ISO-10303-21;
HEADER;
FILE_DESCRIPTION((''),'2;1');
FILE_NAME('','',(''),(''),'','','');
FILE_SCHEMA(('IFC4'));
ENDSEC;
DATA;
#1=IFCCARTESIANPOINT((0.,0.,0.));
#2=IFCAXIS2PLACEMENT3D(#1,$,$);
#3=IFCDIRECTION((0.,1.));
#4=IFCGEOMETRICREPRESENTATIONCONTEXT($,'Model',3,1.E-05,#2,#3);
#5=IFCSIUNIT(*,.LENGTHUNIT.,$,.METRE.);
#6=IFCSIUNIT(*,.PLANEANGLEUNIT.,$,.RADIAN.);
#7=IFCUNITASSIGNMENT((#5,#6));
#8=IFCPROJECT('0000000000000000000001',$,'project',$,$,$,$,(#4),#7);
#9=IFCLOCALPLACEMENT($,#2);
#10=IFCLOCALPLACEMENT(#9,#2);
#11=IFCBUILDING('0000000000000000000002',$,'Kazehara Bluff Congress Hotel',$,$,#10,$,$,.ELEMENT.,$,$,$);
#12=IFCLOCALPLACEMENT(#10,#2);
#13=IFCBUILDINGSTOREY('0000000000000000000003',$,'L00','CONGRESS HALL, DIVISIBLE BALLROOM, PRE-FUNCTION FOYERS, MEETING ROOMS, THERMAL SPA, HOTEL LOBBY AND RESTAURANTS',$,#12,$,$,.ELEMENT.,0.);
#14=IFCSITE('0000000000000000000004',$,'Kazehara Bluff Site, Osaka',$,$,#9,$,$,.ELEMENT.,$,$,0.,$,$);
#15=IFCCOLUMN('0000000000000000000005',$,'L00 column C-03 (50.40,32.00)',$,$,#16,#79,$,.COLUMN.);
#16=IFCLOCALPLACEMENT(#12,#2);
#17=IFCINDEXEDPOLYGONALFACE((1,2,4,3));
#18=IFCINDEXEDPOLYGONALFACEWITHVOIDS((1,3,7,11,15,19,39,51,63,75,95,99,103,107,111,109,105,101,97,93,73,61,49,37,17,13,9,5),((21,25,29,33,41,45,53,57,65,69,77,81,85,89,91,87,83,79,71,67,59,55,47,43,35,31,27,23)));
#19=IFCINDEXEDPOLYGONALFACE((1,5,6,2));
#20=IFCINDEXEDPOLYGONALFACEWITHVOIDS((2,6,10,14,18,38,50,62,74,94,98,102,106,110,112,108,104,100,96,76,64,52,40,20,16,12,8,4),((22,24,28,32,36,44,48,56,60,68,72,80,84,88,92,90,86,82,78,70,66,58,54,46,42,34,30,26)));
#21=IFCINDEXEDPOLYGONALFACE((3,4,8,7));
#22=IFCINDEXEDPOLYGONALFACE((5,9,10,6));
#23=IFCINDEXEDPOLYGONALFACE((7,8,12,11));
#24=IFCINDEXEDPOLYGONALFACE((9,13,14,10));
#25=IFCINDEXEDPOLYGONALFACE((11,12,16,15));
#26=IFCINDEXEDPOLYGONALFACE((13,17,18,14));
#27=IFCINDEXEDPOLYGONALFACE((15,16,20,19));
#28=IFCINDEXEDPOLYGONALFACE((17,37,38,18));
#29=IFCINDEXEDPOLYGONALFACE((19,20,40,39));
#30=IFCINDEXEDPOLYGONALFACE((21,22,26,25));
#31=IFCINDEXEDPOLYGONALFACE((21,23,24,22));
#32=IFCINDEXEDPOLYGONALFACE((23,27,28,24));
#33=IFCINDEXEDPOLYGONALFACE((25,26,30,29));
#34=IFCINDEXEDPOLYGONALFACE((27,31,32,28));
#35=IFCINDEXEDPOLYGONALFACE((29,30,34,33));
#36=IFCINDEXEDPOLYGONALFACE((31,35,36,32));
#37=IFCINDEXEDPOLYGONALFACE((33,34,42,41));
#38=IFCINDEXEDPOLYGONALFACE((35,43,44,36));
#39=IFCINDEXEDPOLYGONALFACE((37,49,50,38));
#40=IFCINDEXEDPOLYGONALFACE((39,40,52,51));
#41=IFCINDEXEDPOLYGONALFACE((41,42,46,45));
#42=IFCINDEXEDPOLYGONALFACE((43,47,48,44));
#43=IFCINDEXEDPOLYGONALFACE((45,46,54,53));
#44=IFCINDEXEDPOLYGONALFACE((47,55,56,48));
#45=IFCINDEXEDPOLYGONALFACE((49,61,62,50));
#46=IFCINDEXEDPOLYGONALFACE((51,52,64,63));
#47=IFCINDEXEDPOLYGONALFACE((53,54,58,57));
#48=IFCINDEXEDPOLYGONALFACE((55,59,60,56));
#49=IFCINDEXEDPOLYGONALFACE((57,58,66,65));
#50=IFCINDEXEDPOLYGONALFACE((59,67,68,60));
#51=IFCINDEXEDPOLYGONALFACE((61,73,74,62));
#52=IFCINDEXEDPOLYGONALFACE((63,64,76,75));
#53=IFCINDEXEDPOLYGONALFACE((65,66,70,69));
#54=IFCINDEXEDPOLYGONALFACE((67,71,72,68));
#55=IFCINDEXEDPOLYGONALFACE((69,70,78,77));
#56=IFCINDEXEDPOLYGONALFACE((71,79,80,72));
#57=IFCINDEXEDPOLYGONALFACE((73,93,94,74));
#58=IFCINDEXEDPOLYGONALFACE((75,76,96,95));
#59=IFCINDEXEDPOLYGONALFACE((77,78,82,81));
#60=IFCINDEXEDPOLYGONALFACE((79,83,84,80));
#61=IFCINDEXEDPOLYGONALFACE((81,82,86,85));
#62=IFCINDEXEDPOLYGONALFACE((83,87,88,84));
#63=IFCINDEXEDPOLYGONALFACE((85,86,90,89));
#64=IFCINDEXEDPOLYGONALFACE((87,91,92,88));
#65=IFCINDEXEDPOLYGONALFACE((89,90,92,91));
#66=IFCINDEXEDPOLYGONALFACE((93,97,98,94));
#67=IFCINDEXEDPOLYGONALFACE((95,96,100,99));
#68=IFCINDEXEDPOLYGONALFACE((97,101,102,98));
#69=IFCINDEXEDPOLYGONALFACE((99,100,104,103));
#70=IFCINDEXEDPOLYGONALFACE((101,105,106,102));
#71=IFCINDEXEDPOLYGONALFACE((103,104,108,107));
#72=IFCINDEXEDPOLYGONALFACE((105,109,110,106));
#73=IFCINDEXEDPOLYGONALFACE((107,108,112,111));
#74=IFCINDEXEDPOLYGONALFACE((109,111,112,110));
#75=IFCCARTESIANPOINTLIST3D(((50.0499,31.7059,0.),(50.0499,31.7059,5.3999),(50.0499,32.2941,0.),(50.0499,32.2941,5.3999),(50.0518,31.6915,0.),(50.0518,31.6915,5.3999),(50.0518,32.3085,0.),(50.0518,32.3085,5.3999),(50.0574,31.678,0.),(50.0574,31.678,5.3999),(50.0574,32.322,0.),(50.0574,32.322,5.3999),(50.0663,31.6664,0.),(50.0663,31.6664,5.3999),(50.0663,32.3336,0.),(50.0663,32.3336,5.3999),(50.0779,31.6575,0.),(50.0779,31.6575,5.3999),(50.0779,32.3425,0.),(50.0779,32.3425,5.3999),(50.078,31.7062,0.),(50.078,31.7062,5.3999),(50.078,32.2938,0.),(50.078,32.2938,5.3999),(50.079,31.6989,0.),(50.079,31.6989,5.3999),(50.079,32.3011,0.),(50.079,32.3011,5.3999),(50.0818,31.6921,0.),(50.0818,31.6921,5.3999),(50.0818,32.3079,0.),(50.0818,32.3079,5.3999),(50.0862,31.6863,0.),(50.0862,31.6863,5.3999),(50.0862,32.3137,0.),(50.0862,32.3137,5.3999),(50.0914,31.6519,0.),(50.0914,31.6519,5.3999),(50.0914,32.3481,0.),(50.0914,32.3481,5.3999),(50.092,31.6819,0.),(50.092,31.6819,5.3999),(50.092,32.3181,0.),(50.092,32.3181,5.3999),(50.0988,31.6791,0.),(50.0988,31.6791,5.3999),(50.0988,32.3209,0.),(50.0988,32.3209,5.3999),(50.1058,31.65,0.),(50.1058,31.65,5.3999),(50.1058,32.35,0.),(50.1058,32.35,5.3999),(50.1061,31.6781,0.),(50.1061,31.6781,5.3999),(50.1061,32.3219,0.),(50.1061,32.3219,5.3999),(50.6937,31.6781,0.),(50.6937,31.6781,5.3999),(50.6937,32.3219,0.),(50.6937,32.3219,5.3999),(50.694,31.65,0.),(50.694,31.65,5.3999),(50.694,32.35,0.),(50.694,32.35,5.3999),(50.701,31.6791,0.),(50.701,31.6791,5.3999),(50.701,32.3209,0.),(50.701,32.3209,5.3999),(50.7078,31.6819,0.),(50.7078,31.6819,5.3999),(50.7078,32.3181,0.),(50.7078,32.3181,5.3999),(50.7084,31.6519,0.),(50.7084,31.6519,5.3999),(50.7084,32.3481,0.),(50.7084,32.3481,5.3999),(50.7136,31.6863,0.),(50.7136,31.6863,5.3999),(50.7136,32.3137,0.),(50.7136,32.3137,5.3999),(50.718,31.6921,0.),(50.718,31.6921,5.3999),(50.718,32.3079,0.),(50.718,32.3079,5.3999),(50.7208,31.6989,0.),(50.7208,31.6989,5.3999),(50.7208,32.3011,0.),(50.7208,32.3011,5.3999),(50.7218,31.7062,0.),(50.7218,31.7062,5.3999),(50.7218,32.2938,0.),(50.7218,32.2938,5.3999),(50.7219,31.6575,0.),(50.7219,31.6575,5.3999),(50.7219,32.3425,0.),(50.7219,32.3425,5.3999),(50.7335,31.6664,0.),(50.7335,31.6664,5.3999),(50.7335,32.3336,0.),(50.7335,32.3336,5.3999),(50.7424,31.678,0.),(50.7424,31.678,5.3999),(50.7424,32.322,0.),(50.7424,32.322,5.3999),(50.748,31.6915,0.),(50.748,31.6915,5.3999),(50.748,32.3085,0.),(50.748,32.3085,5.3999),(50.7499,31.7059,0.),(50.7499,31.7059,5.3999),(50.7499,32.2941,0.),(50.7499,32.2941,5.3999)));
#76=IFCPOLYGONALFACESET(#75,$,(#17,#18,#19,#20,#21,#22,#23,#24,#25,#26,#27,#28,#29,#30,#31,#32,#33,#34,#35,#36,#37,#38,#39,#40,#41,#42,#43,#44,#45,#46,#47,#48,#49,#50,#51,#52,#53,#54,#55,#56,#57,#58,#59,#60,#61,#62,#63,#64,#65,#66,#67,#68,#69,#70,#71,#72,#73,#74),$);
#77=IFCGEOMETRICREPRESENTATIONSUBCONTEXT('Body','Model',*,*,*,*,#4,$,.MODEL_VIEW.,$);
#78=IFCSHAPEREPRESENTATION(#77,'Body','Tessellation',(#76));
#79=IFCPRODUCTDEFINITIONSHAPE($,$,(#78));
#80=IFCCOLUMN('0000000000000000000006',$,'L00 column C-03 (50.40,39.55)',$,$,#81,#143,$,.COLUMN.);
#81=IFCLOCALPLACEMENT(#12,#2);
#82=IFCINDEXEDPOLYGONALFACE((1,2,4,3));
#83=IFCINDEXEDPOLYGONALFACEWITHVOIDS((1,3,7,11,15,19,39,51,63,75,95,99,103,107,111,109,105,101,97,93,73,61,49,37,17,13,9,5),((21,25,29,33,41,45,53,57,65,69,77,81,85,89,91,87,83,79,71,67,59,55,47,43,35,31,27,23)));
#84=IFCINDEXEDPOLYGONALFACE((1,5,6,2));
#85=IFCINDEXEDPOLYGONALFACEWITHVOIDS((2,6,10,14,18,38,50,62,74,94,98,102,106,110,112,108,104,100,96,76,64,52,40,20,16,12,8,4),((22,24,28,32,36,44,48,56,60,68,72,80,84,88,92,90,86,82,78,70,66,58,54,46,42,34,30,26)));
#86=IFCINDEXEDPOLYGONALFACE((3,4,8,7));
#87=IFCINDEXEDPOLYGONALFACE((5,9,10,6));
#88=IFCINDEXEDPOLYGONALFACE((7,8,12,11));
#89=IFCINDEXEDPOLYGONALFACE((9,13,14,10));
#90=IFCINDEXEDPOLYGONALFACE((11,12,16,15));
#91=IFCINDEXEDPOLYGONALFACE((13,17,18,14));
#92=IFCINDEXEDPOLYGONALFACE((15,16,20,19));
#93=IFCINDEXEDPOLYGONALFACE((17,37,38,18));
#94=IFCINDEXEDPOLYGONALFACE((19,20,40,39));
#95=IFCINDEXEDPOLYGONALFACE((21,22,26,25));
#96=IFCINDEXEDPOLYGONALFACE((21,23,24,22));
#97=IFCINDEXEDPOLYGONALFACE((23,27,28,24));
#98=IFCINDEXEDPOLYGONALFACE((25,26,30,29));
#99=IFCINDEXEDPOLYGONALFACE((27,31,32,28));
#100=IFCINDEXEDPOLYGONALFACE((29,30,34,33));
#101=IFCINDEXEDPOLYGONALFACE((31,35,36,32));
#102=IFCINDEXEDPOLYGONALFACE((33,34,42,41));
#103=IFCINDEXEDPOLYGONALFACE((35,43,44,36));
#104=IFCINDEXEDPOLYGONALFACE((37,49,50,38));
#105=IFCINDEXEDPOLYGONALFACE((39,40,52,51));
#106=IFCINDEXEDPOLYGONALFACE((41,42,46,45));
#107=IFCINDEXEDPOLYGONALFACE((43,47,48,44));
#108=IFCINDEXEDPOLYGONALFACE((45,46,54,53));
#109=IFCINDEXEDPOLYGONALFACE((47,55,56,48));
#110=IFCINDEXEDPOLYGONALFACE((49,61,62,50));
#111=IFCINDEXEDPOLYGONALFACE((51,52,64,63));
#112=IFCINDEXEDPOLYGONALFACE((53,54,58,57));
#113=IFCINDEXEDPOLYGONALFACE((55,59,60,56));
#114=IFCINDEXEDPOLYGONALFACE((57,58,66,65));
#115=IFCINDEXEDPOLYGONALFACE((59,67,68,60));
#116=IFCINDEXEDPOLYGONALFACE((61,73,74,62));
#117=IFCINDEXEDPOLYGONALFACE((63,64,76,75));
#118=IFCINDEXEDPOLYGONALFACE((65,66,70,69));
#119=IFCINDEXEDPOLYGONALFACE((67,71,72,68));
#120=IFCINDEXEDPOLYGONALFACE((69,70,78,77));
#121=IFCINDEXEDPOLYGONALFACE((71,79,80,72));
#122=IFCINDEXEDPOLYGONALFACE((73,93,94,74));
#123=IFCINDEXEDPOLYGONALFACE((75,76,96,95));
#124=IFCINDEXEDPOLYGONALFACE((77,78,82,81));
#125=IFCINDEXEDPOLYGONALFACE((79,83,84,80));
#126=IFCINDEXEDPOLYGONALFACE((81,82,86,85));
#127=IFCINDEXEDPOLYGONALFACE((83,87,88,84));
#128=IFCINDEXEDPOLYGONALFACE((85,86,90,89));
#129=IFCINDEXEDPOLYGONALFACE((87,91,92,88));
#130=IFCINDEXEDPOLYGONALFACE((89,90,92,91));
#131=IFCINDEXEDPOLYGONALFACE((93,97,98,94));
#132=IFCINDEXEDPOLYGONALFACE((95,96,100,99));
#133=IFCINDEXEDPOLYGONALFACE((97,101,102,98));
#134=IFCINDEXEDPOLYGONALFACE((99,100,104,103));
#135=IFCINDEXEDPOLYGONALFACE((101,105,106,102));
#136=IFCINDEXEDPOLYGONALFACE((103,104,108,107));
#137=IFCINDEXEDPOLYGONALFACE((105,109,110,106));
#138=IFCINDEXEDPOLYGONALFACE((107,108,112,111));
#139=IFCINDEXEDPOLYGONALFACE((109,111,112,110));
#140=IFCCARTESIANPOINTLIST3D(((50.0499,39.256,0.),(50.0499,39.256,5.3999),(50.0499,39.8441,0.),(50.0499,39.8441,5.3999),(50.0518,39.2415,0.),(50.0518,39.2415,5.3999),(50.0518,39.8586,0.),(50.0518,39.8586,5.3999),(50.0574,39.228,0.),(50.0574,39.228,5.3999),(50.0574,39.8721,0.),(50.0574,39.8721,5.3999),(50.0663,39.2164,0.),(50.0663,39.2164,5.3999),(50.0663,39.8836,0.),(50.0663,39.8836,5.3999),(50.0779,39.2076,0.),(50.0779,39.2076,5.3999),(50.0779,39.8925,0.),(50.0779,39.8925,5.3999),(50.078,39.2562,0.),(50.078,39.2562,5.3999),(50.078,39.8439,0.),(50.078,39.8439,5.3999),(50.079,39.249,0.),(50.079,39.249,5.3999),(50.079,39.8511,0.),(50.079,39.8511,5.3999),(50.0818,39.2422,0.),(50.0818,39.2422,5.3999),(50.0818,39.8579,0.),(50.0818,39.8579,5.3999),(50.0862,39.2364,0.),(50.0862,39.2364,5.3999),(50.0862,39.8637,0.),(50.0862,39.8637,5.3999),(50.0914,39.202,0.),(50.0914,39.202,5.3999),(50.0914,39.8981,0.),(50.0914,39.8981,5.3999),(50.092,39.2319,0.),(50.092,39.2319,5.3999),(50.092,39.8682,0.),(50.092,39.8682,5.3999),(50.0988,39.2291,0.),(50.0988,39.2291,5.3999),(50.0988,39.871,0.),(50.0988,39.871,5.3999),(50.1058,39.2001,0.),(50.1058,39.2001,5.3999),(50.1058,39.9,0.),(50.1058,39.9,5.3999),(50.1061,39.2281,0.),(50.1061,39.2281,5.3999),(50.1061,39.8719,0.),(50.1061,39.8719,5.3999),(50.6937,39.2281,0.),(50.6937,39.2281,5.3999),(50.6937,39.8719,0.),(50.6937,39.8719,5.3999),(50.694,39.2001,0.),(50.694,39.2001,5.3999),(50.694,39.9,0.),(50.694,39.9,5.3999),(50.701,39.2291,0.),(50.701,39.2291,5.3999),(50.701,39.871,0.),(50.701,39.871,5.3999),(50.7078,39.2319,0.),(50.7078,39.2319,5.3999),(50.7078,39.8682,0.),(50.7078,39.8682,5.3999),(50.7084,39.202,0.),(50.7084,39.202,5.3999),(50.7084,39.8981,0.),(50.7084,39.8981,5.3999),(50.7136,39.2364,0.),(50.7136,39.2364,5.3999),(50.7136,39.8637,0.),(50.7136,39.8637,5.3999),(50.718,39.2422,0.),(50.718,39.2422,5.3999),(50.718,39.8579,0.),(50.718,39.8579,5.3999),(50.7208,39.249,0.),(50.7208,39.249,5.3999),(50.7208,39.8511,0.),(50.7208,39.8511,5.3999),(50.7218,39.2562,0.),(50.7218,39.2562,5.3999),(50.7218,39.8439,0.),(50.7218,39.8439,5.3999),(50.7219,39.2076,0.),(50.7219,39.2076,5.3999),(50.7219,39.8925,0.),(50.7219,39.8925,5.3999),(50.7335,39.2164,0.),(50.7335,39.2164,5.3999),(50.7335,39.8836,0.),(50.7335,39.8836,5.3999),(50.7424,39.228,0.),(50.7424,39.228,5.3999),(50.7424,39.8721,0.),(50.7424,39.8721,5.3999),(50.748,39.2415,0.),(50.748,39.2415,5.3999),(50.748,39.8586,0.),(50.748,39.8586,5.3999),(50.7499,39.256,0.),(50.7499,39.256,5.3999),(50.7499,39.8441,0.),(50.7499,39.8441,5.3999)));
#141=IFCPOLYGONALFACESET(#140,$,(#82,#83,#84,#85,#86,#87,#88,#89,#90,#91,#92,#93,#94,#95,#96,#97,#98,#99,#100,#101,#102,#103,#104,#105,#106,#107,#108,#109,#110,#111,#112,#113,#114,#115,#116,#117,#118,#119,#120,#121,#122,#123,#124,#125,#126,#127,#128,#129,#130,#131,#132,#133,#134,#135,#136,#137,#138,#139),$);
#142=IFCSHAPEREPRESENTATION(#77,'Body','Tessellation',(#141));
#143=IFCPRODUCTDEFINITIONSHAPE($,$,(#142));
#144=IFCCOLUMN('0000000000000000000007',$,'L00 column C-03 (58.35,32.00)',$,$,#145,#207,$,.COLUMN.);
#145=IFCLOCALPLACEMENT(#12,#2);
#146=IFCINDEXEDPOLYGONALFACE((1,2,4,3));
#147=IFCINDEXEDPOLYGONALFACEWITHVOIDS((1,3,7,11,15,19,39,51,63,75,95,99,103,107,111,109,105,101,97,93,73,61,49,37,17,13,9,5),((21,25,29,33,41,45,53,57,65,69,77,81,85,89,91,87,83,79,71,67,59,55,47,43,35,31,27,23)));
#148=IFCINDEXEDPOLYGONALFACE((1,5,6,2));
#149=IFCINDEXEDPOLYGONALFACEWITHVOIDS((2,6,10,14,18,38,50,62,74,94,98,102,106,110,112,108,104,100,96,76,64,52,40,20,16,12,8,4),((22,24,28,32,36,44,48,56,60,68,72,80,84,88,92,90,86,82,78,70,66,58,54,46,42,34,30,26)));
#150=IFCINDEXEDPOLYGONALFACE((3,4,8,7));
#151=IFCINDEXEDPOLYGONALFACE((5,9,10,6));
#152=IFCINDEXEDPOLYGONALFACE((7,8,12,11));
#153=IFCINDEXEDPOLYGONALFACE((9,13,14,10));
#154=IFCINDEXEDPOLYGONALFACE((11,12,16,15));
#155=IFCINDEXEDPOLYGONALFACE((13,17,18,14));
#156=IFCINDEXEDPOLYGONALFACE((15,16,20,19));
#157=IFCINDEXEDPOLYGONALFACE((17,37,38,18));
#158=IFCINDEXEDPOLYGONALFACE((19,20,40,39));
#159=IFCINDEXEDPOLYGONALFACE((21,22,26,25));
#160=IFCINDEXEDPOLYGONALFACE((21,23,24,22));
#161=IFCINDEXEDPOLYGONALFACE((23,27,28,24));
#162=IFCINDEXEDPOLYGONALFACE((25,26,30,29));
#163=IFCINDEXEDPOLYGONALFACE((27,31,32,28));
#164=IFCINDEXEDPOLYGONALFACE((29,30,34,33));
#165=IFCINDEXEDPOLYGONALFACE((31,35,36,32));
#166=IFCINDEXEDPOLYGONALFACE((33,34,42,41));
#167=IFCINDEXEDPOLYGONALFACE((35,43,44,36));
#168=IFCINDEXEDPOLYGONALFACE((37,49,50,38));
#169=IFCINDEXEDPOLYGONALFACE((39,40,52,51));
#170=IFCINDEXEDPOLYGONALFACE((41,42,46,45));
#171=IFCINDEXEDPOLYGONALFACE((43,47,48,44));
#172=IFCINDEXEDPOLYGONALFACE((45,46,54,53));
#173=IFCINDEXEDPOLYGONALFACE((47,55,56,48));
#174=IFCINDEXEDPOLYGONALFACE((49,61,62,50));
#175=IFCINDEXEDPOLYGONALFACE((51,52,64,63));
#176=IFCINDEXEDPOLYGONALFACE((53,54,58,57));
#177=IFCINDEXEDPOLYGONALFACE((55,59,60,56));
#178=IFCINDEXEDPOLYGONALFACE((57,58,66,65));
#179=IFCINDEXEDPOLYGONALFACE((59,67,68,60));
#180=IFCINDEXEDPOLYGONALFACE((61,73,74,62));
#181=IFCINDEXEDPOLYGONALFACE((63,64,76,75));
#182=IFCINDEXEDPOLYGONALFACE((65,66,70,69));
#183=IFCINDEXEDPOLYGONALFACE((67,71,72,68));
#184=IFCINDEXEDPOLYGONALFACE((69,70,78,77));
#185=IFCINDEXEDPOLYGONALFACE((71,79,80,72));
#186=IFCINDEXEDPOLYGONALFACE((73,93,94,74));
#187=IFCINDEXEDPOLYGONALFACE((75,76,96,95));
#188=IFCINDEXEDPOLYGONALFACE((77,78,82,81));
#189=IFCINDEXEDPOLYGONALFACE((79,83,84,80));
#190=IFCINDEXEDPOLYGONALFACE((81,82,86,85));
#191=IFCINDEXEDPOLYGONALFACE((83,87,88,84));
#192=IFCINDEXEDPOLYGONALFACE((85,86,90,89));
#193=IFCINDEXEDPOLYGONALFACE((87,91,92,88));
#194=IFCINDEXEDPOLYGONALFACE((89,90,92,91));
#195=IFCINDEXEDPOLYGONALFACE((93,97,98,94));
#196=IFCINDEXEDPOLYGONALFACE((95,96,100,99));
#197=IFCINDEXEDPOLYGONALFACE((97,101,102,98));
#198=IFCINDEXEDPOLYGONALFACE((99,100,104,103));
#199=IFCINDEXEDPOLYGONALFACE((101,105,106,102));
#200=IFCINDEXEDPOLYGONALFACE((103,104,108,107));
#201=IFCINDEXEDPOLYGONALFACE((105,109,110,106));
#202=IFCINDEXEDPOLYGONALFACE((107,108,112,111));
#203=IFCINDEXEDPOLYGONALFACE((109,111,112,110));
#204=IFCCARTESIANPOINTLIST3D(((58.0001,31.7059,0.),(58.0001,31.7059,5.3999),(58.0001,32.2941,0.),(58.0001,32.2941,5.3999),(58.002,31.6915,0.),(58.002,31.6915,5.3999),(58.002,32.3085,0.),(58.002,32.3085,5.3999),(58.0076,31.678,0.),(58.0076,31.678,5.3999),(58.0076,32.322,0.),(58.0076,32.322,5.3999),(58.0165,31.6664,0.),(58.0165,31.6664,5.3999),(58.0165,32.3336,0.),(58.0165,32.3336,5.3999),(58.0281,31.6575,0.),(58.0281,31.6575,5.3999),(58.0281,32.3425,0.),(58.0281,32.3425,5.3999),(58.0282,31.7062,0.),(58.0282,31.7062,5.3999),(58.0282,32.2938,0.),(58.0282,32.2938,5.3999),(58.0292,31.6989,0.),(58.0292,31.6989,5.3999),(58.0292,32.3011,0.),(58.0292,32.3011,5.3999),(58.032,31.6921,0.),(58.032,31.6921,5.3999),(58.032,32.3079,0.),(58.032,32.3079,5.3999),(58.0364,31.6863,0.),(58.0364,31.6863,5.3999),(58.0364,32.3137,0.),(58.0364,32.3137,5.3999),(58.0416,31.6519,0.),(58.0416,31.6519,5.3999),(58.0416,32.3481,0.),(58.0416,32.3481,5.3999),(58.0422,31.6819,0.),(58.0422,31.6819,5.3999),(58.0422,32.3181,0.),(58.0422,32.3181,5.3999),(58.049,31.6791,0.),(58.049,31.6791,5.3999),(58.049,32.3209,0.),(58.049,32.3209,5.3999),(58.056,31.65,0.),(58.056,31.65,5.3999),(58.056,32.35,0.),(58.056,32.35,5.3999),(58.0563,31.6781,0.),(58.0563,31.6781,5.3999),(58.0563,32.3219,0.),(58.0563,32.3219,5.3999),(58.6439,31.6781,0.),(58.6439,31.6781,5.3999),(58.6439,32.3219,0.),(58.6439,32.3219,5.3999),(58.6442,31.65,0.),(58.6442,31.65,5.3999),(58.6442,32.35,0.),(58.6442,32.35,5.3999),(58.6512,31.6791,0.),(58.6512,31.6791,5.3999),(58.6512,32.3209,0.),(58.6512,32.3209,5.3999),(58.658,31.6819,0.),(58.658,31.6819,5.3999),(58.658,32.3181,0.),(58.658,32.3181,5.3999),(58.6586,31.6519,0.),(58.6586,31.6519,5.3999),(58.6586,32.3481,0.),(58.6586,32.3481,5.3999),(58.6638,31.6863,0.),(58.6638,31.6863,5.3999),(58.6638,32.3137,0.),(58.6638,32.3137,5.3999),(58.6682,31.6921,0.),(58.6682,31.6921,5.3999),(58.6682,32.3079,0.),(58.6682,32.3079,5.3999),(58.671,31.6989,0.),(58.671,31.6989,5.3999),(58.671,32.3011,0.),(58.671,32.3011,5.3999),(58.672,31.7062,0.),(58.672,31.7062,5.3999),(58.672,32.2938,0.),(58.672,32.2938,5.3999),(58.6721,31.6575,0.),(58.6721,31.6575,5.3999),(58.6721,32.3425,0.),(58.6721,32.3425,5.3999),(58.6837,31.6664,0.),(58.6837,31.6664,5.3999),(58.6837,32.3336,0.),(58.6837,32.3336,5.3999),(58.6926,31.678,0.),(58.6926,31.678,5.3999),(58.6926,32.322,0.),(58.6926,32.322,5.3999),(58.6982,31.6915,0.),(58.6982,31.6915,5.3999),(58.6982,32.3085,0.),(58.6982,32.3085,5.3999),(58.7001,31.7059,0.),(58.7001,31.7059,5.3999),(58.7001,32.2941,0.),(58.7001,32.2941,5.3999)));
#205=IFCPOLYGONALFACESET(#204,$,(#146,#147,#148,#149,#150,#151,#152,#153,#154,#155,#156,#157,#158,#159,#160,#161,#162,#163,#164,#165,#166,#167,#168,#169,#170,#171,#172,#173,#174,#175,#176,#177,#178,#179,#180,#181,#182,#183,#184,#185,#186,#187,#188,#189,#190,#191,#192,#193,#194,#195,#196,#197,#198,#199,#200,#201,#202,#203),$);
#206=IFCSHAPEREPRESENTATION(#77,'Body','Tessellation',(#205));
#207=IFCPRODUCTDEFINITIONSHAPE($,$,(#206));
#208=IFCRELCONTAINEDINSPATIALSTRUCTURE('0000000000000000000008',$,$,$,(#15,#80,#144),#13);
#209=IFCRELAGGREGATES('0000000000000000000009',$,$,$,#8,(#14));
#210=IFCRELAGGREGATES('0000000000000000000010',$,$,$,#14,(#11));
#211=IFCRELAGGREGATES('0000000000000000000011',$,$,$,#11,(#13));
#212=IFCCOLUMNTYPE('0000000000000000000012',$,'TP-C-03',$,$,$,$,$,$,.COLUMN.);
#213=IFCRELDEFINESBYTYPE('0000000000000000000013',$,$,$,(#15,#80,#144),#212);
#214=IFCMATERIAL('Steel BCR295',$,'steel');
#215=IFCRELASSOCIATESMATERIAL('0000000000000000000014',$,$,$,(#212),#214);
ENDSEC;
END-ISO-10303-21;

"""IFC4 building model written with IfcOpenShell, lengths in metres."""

from ifc_helpers import new_model, si_unit, direction, frame, origin, origin_2d, place, context, subcontext, project, spatial, hollow_rectangle, extrude, material, material_profile, profile_set, type_object, element, save


model = new_model("IFC4")

# Units and contexts
model_context = context("Model", 3, precision=1e-05, world=origin(), true_north=direction((0.0, 1.0)))
body_context = subcontext(model_context, "Body", "Model", "MODEL_VIEW")
ifc_project = project(units=[si_unit("LENGTHUNIT", "METRE"), si_unit("PLANEANGLEUNIT", "RADIAN")], contexts=[model_context])

# Site, building, storey
site_placement = place(None, origin())
site = spatial("IfcSite", under=ifc_project, at=site_placement, Name="Kazehara Bluff Site, Osaka", CompositionType="ELEMENT", RefElevation=0.0)
building_placement = place(site_placement, origin())
building = spatial("IfcBuilding", under=site, at=building_placement, Name="Kazehara Bluff Congress Hotel", CompositionType="ELEMENT")
storey_placement = place(building_placement, origin())
storey = spatial("IfcBuildingStorey", under=building, at=storey_placement, Name="L00", Description="CONGRESS HALL, DIVISIBLE BALLROOM, PRE-FUNCTION FOYERS, MEETING ROOMS, THERMAL SPA, HOTEL LOBBY AND RESTAURANTS", CompositionType="ELEMENT", Elevation=0.0)

# Columns
ifc_material_1 = material(Name="Steel BCR295", Category="steel")
ifc_material_profile_1 = material_profile(ifc_material_1, hollow_rectangle(XDim=0.7, YDim=0.7, WallThickness=0.0281, InnerFilletRadius=0.0281, OuterFilletRadius=0.0559, at=origin_2d()))
ifc_profile_set_1 = profile_set([ifc_material_profile_1], Name="Steel BCR295")
column_type_1 = type_object("IfcColumnType", Name="TP-C-03", PredefinedType="COLUMN", material=ifc_profile_set_1)
for number, where, z_axis, x_axis, name in (
    (1, (50.3999, 32.0, 0.0), (0.0, 0.0, 1.0), (1.0, 0.0, 0.0), "L00 column C-03 (50.40,32.00)"),
    (2, (50.3999, 39.55, 0.0), (0.0, 0.0, 1.0), (1.0, 0.0, 0.0), "L00 column C-03 (50.40,39.55)"),
    (3, (58.3501, 32.0, 0.0), (0.0, 0.0, 1.0), (1.0, 0.0, 0.0), "L00 column C-03 (58.35,32.00)"),
):
    element("IfcColumn", number, at=place(storey_placement, frame(where, z_axis=z_axis, x_axis=x_axis)), inside=storey, type_object=column_type_1, Name=name, PredefinedType="COLUMN", context=body_context, shape_type="SweptSolid", body=[
        extrude(hollow_rectangle(XDim=0.7, YDim=0.7, WallThickness=0.0281, InnerFilletRadius=0.0281, OuterFilletRadius=0.0559, at=origin_2d()), origin(), (0.0, 0.0, 1.0), 5.3999),
    ])

save(model, "model.ifc")
